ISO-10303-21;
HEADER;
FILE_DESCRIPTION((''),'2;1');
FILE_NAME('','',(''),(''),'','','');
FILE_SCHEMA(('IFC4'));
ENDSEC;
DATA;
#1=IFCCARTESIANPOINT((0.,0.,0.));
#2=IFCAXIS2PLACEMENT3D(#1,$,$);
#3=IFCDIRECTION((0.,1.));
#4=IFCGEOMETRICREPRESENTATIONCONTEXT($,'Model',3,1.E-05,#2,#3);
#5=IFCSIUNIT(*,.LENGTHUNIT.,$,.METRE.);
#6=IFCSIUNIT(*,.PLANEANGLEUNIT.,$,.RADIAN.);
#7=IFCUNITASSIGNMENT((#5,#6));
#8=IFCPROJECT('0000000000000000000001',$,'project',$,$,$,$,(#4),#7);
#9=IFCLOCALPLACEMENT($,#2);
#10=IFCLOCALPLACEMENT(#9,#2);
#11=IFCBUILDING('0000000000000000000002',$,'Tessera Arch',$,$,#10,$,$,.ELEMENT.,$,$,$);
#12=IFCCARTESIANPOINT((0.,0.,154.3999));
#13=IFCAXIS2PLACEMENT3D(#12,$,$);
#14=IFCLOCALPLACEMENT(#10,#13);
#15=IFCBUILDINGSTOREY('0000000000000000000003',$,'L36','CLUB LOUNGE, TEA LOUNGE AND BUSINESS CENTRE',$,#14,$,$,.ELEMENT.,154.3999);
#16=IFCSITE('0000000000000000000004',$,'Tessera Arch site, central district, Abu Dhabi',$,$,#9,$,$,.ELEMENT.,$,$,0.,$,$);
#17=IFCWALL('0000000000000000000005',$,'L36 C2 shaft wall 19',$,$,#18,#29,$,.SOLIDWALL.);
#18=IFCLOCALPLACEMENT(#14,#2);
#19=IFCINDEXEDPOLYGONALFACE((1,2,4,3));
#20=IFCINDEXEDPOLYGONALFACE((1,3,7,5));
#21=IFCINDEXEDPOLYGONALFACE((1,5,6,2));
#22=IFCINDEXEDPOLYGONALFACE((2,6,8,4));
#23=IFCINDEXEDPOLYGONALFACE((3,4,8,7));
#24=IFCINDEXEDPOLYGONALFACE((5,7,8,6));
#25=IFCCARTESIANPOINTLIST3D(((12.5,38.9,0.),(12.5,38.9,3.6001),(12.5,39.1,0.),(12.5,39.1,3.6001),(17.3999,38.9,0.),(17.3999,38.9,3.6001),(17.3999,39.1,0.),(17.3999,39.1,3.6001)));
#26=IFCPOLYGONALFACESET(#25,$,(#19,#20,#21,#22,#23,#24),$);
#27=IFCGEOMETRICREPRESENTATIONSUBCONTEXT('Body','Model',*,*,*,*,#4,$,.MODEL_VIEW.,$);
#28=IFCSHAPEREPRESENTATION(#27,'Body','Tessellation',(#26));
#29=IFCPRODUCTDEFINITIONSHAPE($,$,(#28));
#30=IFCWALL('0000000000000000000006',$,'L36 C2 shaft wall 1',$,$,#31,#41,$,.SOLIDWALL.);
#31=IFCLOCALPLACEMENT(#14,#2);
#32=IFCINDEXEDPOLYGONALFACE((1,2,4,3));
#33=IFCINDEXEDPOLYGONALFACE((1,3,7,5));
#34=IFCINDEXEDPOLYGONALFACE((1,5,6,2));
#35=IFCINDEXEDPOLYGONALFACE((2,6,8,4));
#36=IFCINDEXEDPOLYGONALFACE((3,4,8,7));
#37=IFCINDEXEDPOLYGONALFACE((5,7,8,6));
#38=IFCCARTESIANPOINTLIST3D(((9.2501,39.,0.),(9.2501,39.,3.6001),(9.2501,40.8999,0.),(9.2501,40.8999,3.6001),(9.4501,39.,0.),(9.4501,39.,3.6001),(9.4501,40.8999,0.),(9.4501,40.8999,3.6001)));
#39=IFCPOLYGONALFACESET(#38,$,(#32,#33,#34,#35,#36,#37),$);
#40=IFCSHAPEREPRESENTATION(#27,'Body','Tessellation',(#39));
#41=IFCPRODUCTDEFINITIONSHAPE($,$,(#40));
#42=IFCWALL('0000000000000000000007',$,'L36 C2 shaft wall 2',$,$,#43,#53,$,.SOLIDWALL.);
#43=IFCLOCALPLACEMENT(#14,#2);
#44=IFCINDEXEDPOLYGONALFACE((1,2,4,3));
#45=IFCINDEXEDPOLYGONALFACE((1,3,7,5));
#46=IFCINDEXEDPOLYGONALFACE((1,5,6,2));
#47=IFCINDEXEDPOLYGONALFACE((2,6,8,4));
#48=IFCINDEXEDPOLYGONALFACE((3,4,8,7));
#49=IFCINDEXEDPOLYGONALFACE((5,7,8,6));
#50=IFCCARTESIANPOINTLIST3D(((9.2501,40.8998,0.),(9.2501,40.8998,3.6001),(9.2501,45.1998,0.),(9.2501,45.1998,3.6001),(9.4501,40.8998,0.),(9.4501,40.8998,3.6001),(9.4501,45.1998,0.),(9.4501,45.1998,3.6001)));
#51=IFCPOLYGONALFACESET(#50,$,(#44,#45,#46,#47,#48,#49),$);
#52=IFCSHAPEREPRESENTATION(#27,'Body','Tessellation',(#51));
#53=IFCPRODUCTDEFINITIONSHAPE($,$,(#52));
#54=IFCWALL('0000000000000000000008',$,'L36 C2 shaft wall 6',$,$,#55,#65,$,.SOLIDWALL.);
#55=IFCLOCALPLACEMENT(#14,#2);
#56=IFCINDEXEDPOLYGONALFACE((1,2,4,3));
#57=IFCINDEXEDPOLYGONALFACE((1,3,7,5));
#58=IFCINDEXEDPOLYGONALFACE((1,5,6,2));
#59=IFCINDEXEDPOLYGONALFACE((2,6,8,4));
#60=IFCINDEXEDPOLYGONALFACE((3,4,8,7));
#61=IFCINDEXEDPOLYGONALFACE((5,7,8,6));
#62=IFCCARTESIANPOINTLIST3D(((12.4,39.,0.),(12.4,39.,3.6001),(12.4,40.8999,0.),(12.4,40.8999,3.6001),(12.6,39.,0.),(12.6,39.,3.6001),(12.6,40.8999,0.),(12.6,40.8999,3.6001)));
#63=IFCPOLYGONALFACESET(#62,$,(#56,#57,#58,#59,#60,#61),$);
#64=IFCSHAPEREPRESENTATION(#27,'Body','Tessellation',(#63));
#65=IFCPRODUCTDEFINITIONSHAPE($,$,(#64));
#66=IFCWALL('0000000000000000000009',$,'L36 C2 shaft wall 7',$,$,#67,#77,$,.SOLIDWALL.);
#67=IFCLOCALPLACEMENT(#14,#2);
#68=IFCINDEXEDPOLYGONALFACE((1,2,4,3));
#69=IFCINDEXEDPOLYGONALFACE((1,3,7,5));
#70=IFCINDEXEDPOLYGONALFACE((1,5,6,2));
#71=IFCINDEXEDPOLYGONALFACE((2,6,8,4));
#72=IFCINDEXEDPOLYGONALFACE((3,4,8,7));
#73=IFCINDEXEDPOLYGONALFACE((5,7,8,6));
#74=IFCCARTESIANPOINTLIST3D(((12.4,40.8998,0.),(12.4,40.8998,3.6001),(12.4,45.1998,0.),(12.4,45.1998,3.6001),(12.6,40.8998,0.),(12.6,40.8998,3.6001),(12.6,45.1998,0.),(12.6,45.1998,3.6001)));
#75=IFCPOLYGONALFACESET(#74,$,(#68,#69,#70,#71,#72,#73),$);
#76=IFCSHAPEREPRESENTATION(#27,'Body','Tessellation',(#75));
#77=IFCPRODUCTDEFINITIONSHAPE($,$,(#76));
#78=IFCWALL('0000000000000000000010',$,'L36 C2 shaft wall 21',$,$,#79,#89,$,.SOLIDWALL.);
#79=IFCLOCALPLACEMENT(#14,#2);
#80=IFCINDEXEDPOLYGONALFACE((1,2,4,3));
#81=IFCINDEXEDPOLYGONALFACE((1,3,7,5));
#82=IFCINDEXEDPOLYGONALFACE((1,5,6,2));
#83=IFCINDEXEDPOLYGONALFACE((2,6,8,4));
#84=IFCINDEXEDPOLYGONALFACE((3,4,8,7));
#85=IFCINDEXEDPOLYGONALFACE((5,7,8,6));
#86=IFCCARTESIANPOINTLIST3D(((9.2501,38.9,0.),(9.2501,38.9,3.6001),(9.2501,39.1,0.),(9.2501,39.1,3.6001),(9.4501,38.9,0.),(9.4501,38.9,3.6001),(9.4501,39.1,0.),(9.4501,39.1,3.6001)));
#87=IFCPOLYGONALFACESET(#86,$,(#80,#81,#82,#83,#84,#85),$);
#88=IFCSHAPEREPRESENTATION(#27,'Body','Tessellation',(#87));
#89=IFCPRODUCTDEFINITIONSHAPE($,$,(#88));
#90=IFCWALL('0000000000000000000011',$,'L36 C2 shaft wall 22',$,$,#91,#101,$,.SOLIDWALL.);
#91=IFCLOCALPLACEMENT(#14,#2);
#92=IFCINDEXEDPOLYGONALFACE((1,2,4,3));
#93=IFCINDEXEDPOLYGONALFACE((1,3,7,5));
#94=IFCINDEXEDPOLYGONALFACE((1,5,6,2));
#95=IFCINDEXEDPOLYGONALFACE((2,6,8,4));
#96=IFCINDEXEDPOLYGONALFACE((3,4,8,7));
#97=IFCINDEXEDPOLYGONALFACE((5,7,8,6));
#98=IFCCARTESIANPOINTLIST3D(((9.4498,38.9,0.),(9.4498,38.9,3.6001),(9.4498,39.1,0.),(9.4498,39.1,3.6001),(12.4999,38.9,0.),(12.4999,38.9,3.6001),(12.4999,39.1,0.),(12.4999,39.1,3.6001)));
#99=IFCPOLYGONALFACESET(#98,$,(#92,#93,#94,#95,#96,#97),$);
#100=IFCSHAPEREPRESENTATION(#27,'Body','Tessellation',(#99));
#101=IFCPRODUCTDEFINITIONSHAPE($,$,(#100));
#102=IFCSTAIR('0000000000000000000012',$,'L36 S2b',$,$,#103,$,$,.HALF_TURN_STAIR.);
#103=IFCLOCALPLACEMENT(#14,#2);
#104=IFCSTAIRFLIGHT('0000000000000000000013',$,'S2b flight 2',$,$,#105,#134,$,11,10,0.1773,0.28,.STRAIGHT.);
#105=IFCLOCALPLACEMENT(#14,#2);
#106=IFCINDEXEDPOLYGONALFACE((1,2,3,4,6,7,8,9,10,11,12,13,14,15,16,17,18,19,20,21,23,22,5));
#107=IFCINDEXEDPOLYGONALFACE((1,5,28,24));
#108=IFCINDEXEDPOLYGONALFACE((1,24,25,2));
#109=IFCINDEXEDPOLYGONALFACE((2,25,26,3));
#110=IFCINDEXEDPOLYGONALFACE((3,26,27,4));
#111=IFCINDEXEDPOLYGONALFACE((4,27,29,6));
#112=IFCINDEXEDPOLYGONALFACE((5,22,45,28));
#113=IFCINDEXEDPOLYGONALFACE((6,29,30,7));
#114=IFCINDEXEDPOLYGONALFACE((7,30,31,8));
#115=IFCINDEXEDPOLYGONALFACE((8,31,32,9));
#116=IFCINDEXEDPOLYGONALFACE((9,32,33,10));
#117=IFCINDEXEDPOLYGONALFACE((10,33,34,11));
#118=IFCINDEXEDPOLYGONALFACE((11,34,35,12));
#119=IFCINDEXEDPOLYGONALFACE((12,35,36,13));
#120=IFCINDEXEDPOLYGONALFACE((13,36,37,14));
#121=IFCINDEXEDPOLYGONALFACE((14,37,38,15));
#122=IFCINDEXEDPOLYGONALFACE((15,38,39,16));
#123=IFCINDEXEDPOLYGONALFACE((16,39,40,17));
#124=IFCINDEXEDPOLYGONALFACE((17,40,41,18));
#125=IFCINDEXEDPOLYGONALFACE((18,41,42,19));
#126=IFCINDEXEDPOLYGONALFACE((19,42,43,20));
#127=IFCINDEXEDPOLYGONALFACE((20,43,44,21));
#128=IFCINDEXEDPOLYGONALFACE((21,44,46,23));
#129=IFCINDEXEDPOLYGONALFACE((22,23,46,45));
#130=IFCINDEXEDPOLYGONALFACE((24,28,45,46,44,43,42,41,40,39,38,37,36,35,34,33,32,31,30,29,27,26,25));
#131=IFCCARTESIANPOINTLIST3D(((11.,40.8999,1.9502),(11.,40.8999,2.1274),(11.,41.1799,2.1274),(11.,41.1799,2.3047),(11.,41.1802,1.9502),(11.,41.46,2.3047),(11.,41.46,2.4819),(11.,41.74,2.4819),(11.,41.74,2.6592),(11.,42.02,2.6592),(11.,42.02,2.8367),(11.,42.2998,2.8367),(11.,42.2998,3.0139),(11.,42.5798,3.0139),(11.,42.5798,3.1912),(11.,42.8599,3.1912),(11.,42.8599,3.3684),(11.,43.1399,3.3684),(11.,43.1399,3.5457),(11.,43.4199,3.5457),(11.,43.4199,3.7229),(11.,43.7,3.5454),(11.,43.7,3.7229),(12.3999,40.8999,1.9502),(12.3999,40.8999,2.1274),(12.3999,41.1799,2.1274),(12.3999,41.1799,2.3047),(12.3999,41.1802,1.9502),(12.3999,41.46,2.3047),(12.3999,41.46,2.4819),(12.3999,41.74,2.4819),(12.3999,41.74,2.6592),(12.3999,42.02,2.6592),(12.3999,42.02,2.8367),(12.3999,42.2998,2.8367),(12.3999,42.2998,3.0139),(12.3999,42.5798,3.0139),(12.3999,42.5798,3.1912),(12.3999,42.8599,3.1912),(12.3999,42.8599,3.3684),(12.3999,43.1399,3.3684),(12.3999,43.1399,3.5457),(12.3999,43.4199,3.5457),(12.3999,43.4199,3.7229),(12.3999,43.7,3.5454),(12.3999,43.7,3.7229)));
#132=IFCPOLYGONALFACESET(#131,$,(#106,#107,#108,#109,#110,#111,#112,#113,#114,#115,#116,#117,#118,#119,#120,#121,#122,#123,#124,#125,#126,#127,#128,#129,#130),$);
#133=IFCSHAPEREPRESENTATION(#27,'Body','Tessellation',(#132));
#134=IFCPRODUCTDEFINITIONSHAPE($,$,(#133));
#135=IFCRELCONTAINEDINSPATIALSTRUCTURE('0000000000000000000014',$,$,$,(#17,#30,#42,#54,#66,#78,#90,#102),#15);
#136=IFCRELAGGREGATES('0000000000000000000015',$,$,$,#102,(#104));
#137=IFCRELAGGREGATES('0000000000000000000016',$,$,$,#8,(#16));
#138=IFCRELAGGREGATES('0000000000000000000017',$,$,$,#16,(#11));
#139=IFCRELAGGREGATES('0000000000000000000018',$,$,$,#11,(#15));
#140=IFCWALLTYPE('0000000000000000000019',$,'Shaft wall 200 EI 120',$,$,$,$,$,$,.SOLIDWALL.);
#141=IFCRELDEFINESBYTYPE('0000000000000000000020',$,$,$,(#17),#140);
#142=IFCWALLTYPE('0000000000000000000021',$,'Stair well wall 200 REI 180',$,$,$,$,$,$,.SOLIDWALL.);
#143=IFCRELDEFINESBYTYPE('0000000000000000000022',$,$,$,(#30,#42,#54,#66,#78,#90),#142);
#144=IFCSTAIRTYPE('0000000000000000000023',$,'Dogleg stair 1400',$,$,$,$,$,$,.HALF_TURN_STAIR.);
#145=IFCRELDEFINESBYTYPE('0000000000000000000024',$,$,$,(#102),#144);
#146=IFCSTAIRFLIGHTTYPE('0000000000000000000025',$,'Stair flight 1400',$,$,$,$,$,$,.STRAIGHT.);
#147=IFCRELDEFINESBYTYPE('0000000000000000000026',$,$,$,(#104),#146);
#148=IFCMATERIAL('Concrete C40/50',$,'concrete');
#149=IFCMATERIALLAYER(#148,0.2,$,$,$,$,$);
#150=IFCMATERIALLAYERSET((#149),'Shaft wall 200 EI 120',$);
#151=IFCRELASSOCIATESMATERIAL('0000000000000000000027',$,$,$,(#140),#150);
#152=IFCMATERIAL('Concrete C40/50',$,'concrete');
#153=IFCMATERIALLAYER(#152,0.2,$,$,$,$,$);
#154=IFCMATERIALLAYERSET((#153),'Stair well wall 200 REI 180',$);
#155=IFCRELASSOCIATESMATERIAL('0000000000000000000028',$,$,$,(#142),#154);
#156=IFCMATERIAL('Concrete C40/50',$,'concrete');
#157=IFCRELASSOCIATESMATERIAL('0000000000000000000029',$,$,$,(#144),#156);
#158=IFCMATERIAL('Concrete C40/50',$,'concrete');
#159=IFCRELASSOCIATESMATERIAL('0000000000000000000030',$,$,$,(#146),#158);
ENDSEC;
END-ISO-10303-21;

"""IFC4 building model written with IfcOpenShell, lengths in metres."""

from ifc_helpers import new_model, si_unit, direction, frame, frame_2d, origin, place, context, subcontext, project, spatial, polyline, rectangle, outline, extrude, material, layer, layer_set, type_object, element, aggregate, save


model = new_model("IFC4")

# Units and contexts
model_context = context("Model", 3, precision=1e-05, world=origin(), true_north=direction((0.0, 1.0)))
body_context = subcontext(model_context, "Body", "Model", "MODEL_VIEW")
ifc_project = project(units=[si_unit("LENGTHUNIT", "METRE"), si_unit("PLANEANGLEUNIT", "RADIAN")], contexts=[model_context])

# Site, building, storey
site_placement = place(None, origin())
site = spatial("IfcSite", under=ifc_project, at=site_placement, Name="Tessera Arch site, central district, Abu Dhabi", CompositionType="ELEMENT", RefElevation=0.0)
building_placement = place(site_placement, origin())
building = spatial("IfcBuilding", under=site, at=building_placement, Name="Tessera Arch", CompositionType="ELEMENT")
storey_placement = place(building_placement, frame((0.0, 0.0, 154.3999)))
storey = spatial("IfcBuildingStorey", under=building, at=storey_placement, Name="L36", Description="CLUB LOUNGE, TEA LOUNGE AND BUSINESS CENTRE", CompositionType="ELEMENT", Elevation=154.3999)

# Walls
ifc_material_1 = material(Name="Concrete C40/50", Category="concrete")
ifc_layer_1 = layer(ifc_material_1, 0.2)
ifc_layer_set_1 = layer_set([ifc_layer_1], Name="Shaft wall 200 EI 120")
wall_type_1 = type_object("IfcWallType", Name="Shaft wall 200 EI 120", PredefinedType="SOLIDWALL", material=ifc_layer_set_1)
wall_1_placement = place(storey_placement, frame((12.5, 39.0, 0.0), z_axis=(0.0, 0.0, 1.0), x_axis=(1.0, 0.0, 0.0)))
element("IfcWall", 1, at=wall_1_placement, inside=storey, type_object=wall_type_1, Name="L36 C2 shaft wall 19", PredefinedType="SOLIDWALL", context=body_context, shape_type="SweptSolid", body=[
    extrude(rectangle(XDim=4.8999, YDim=0.2, at=frame_2d((2.45, 0.0))), origin(), (0.0, 0.0, 1.0), 3.6001),
])
ifc_material_2 = material(Name="Concrete C40/50", Category="concrete")
ifc_layer_2 = layer(ifc_material_2, 0.2)
ifc_layer_set_2 = layer_set([ifc_layer_2], Name="Stair well wall 200 REI 180")
wall_type_2 = type_object("IfcWallType", Name="Stair well wall 200 REI 180", PredefinedType="SOLIDWALL", material=ifc_layer_set_2)
wall_2_placement = place(storey_placement, frame((9.3501, 39.0, 0.0), z_axis=(0.0, 0.0, 1.0), x_axis=(0.0, 1.0, 0.0)))
element("IfcWall", 2, at=wall_2_placement, inside=storey, type_object=wall_type_2, Name="L36 C2 shaft wall 1", PredefinedType="SOLIDWALL", context=body_context, shape_type="SweptSolid", body=[
    extrude(rectangle(XDim=1.8999, YDim=0.2, at=frame_2d((0.95, 0.0))), origin(), (0.0, 0.0, 1.0), 3.6001),
])
wall_3_placement = place(storey_placement, frame((9.3501, 40.8999, 0.0), z_axis=(0.0, 0.0, 1.0), x_axis=(0.0, 1.0, 0.0)))
element("IfcWall", 3, at=wall_3_placement, inside=storey, type_object=wall_type_2, Name="L36 C2 shaft wall 2", PredefinedType="SOLIDWALL", context=body_context, shape_type="SweptSolid", body=[
    extrude(rectangle(XDim=4.3, YDim=0.2, at=frame_2d((2.1499, 0.0))), origin(), (0.0, 0.0, 1.0), 3.6001),
])
wall_4_placement = place(storey_placement, frame((12.5, 39.0, 0.0), z_axis=(0.0, 0.0, 1.0), x_axis=(0.0, 1.0, 0.0)))
element("IfcWall", 4, at=wall_4_placement, inside=storey, type_object=wall_type_2, Name="L36 C2 shaft wall 6", PredefinedType="SOLIDWALL", context=body_context, shape_type="SweptSolid", body=[
    extrude(rectangle(XDim=1.8999, YDim=0.2, at=frame_2d((0.95, 0.0))), origin(), (0.0, 0.0, 1.0), 3.6001),
])
wall_5_placement = place(storey_placement, frame((12.5, 40.8999, 0.0), z_axis=(0.0, 0.0, 1.0), x_axis=(0.0, 1.0, 0.0)))
element("IfcWall", 5, at=wall_5_placement, inside=storey, type_object=wall_type_2, Name="L36 C2 shaft wall 7", PredefinedType="SOLIDWALL", context=body_context, shape_type="SweptSolid", body=[
    extrude(rectangle(XDim=4.3, YDim=0.2, at=frame_2d((2.1499, 0.0))), origin(), (0.0, 0.0, 1.0), 3.6001),
])
wall_6_placement = place(storey_placement, frame((9.25, 39.0, 0.0), z_axis=(0.0, 0.0, 1.0), x_axis=(1.0, 0.0, 0.0)))
element("IfcWall", 6, at=wall_6_placement, inside=storey, type_object=wall_type_2, Name="L36 C2 shaft wall 21", PredefinedType="SOLIDWALL", context=body_context, shape_type="SweptSolid", body=[
    extrude(rectangle(XDim=0.2, YDim=0.2, at=frame_2d((0.1001, 0.0))), origin(), (0.0, 0.0, 1.0), 3.6001),
])
wall_7_placement = place(storey_placement, frame((9.45, 39.0, 0.0), z_axis=(0.0, 0.0, 1.0), x_axis=(1.0, 0.0, 0.0)))
element("IfcWall", 7, at=wall_7_placement, inside=storey, type_object=wall_type_2, Name="L36 C2 shaft wall 22", PredefinedType="SOLIDWALL", context=body_context, shape_type="SweptSolid", body=[
    extrude(rectangle(XDim=3.05, YDim=0.2, at=frame_2d((1.5249, 0.0))), origin(), (0.0, 0.0, 1.0), 3.6001),
])

# Stair, stair flight
ifc_material_3 = material(Name="Concrete C40/50", Category="concrete")
stair_type = type_object("IfcStairType", Name="Dogleg stair 1400", PredefinedType="HALF_TURN_STAIR", material=ifc_material_3)
stair_placement = place(storey_placement, origin())
stair = element("IfcStair", 8, at=stair_placement, inside=storey, type_object=stair_type, Name="L36 S2b", PredefinedType="HALF_TURN_STAIR")
ifc_material_4 = material(Name="Concrete C40/50", Category="concrete")
stair_flight_type = type_object("IfcStairFlightType", Name="Stair flight 1400", PredefinedType="STRAIGHT", material=ifc_material_4)
stair_flight_placement = place(storey_placement, frame((11.7, 40.8999, 1.9502), z_axis=(0.0, 0.0, 1.0), x_axis=(0.0, 1.0, 0.0)))
stair_flight = element("IfcStairFlight", 9, at=stair_flight_placement, type_object=stair_flight_type, Name="S2b flight 2", NumberOfRisers=11, NumberOfTreads=10, PredefinedType="STRAIGHT", RiserHeight=0.1773, TreadLength=0.28, context=body_context, shape_type="SweptSolid", body=[
    extrude(outline(polyline([(0.0, 0.0), (0.0, 0.1772), (0.28, 0.1772), (0.28, 0.3545), (0.5601, 0.3545), (0.5601, 0.5317), (0.8401, 0.5317), (0.8401, 0.709), (1.1201, 0.709), (1.1201, 0.8865), (1.3999, 0.8865), (1.3999, 1.0637), (1.6799, 1.0637), (1.6799, 1.241), (1.96, 1.241), (1.96, 1.4182), (2.24, 1.4182), (2.24, 1.5955), (2.52, 1.5955), (2.52, 1.7727), (2.8, 1.7727), (2.8, 1.95), (2.8, 1.5952), (0.2803, 0.0), (0.0, 0.0)])), frame((0.0, 0.7, 0.0), z_axis=(0.0, -1.0, 0.0), x_axis=(1.0, 0.0, 0.0)), (0.0, 0.0, 1.0), 1.3999),
])
aggregate(stair, [stair_flight])

save(model, "model.ifc")
